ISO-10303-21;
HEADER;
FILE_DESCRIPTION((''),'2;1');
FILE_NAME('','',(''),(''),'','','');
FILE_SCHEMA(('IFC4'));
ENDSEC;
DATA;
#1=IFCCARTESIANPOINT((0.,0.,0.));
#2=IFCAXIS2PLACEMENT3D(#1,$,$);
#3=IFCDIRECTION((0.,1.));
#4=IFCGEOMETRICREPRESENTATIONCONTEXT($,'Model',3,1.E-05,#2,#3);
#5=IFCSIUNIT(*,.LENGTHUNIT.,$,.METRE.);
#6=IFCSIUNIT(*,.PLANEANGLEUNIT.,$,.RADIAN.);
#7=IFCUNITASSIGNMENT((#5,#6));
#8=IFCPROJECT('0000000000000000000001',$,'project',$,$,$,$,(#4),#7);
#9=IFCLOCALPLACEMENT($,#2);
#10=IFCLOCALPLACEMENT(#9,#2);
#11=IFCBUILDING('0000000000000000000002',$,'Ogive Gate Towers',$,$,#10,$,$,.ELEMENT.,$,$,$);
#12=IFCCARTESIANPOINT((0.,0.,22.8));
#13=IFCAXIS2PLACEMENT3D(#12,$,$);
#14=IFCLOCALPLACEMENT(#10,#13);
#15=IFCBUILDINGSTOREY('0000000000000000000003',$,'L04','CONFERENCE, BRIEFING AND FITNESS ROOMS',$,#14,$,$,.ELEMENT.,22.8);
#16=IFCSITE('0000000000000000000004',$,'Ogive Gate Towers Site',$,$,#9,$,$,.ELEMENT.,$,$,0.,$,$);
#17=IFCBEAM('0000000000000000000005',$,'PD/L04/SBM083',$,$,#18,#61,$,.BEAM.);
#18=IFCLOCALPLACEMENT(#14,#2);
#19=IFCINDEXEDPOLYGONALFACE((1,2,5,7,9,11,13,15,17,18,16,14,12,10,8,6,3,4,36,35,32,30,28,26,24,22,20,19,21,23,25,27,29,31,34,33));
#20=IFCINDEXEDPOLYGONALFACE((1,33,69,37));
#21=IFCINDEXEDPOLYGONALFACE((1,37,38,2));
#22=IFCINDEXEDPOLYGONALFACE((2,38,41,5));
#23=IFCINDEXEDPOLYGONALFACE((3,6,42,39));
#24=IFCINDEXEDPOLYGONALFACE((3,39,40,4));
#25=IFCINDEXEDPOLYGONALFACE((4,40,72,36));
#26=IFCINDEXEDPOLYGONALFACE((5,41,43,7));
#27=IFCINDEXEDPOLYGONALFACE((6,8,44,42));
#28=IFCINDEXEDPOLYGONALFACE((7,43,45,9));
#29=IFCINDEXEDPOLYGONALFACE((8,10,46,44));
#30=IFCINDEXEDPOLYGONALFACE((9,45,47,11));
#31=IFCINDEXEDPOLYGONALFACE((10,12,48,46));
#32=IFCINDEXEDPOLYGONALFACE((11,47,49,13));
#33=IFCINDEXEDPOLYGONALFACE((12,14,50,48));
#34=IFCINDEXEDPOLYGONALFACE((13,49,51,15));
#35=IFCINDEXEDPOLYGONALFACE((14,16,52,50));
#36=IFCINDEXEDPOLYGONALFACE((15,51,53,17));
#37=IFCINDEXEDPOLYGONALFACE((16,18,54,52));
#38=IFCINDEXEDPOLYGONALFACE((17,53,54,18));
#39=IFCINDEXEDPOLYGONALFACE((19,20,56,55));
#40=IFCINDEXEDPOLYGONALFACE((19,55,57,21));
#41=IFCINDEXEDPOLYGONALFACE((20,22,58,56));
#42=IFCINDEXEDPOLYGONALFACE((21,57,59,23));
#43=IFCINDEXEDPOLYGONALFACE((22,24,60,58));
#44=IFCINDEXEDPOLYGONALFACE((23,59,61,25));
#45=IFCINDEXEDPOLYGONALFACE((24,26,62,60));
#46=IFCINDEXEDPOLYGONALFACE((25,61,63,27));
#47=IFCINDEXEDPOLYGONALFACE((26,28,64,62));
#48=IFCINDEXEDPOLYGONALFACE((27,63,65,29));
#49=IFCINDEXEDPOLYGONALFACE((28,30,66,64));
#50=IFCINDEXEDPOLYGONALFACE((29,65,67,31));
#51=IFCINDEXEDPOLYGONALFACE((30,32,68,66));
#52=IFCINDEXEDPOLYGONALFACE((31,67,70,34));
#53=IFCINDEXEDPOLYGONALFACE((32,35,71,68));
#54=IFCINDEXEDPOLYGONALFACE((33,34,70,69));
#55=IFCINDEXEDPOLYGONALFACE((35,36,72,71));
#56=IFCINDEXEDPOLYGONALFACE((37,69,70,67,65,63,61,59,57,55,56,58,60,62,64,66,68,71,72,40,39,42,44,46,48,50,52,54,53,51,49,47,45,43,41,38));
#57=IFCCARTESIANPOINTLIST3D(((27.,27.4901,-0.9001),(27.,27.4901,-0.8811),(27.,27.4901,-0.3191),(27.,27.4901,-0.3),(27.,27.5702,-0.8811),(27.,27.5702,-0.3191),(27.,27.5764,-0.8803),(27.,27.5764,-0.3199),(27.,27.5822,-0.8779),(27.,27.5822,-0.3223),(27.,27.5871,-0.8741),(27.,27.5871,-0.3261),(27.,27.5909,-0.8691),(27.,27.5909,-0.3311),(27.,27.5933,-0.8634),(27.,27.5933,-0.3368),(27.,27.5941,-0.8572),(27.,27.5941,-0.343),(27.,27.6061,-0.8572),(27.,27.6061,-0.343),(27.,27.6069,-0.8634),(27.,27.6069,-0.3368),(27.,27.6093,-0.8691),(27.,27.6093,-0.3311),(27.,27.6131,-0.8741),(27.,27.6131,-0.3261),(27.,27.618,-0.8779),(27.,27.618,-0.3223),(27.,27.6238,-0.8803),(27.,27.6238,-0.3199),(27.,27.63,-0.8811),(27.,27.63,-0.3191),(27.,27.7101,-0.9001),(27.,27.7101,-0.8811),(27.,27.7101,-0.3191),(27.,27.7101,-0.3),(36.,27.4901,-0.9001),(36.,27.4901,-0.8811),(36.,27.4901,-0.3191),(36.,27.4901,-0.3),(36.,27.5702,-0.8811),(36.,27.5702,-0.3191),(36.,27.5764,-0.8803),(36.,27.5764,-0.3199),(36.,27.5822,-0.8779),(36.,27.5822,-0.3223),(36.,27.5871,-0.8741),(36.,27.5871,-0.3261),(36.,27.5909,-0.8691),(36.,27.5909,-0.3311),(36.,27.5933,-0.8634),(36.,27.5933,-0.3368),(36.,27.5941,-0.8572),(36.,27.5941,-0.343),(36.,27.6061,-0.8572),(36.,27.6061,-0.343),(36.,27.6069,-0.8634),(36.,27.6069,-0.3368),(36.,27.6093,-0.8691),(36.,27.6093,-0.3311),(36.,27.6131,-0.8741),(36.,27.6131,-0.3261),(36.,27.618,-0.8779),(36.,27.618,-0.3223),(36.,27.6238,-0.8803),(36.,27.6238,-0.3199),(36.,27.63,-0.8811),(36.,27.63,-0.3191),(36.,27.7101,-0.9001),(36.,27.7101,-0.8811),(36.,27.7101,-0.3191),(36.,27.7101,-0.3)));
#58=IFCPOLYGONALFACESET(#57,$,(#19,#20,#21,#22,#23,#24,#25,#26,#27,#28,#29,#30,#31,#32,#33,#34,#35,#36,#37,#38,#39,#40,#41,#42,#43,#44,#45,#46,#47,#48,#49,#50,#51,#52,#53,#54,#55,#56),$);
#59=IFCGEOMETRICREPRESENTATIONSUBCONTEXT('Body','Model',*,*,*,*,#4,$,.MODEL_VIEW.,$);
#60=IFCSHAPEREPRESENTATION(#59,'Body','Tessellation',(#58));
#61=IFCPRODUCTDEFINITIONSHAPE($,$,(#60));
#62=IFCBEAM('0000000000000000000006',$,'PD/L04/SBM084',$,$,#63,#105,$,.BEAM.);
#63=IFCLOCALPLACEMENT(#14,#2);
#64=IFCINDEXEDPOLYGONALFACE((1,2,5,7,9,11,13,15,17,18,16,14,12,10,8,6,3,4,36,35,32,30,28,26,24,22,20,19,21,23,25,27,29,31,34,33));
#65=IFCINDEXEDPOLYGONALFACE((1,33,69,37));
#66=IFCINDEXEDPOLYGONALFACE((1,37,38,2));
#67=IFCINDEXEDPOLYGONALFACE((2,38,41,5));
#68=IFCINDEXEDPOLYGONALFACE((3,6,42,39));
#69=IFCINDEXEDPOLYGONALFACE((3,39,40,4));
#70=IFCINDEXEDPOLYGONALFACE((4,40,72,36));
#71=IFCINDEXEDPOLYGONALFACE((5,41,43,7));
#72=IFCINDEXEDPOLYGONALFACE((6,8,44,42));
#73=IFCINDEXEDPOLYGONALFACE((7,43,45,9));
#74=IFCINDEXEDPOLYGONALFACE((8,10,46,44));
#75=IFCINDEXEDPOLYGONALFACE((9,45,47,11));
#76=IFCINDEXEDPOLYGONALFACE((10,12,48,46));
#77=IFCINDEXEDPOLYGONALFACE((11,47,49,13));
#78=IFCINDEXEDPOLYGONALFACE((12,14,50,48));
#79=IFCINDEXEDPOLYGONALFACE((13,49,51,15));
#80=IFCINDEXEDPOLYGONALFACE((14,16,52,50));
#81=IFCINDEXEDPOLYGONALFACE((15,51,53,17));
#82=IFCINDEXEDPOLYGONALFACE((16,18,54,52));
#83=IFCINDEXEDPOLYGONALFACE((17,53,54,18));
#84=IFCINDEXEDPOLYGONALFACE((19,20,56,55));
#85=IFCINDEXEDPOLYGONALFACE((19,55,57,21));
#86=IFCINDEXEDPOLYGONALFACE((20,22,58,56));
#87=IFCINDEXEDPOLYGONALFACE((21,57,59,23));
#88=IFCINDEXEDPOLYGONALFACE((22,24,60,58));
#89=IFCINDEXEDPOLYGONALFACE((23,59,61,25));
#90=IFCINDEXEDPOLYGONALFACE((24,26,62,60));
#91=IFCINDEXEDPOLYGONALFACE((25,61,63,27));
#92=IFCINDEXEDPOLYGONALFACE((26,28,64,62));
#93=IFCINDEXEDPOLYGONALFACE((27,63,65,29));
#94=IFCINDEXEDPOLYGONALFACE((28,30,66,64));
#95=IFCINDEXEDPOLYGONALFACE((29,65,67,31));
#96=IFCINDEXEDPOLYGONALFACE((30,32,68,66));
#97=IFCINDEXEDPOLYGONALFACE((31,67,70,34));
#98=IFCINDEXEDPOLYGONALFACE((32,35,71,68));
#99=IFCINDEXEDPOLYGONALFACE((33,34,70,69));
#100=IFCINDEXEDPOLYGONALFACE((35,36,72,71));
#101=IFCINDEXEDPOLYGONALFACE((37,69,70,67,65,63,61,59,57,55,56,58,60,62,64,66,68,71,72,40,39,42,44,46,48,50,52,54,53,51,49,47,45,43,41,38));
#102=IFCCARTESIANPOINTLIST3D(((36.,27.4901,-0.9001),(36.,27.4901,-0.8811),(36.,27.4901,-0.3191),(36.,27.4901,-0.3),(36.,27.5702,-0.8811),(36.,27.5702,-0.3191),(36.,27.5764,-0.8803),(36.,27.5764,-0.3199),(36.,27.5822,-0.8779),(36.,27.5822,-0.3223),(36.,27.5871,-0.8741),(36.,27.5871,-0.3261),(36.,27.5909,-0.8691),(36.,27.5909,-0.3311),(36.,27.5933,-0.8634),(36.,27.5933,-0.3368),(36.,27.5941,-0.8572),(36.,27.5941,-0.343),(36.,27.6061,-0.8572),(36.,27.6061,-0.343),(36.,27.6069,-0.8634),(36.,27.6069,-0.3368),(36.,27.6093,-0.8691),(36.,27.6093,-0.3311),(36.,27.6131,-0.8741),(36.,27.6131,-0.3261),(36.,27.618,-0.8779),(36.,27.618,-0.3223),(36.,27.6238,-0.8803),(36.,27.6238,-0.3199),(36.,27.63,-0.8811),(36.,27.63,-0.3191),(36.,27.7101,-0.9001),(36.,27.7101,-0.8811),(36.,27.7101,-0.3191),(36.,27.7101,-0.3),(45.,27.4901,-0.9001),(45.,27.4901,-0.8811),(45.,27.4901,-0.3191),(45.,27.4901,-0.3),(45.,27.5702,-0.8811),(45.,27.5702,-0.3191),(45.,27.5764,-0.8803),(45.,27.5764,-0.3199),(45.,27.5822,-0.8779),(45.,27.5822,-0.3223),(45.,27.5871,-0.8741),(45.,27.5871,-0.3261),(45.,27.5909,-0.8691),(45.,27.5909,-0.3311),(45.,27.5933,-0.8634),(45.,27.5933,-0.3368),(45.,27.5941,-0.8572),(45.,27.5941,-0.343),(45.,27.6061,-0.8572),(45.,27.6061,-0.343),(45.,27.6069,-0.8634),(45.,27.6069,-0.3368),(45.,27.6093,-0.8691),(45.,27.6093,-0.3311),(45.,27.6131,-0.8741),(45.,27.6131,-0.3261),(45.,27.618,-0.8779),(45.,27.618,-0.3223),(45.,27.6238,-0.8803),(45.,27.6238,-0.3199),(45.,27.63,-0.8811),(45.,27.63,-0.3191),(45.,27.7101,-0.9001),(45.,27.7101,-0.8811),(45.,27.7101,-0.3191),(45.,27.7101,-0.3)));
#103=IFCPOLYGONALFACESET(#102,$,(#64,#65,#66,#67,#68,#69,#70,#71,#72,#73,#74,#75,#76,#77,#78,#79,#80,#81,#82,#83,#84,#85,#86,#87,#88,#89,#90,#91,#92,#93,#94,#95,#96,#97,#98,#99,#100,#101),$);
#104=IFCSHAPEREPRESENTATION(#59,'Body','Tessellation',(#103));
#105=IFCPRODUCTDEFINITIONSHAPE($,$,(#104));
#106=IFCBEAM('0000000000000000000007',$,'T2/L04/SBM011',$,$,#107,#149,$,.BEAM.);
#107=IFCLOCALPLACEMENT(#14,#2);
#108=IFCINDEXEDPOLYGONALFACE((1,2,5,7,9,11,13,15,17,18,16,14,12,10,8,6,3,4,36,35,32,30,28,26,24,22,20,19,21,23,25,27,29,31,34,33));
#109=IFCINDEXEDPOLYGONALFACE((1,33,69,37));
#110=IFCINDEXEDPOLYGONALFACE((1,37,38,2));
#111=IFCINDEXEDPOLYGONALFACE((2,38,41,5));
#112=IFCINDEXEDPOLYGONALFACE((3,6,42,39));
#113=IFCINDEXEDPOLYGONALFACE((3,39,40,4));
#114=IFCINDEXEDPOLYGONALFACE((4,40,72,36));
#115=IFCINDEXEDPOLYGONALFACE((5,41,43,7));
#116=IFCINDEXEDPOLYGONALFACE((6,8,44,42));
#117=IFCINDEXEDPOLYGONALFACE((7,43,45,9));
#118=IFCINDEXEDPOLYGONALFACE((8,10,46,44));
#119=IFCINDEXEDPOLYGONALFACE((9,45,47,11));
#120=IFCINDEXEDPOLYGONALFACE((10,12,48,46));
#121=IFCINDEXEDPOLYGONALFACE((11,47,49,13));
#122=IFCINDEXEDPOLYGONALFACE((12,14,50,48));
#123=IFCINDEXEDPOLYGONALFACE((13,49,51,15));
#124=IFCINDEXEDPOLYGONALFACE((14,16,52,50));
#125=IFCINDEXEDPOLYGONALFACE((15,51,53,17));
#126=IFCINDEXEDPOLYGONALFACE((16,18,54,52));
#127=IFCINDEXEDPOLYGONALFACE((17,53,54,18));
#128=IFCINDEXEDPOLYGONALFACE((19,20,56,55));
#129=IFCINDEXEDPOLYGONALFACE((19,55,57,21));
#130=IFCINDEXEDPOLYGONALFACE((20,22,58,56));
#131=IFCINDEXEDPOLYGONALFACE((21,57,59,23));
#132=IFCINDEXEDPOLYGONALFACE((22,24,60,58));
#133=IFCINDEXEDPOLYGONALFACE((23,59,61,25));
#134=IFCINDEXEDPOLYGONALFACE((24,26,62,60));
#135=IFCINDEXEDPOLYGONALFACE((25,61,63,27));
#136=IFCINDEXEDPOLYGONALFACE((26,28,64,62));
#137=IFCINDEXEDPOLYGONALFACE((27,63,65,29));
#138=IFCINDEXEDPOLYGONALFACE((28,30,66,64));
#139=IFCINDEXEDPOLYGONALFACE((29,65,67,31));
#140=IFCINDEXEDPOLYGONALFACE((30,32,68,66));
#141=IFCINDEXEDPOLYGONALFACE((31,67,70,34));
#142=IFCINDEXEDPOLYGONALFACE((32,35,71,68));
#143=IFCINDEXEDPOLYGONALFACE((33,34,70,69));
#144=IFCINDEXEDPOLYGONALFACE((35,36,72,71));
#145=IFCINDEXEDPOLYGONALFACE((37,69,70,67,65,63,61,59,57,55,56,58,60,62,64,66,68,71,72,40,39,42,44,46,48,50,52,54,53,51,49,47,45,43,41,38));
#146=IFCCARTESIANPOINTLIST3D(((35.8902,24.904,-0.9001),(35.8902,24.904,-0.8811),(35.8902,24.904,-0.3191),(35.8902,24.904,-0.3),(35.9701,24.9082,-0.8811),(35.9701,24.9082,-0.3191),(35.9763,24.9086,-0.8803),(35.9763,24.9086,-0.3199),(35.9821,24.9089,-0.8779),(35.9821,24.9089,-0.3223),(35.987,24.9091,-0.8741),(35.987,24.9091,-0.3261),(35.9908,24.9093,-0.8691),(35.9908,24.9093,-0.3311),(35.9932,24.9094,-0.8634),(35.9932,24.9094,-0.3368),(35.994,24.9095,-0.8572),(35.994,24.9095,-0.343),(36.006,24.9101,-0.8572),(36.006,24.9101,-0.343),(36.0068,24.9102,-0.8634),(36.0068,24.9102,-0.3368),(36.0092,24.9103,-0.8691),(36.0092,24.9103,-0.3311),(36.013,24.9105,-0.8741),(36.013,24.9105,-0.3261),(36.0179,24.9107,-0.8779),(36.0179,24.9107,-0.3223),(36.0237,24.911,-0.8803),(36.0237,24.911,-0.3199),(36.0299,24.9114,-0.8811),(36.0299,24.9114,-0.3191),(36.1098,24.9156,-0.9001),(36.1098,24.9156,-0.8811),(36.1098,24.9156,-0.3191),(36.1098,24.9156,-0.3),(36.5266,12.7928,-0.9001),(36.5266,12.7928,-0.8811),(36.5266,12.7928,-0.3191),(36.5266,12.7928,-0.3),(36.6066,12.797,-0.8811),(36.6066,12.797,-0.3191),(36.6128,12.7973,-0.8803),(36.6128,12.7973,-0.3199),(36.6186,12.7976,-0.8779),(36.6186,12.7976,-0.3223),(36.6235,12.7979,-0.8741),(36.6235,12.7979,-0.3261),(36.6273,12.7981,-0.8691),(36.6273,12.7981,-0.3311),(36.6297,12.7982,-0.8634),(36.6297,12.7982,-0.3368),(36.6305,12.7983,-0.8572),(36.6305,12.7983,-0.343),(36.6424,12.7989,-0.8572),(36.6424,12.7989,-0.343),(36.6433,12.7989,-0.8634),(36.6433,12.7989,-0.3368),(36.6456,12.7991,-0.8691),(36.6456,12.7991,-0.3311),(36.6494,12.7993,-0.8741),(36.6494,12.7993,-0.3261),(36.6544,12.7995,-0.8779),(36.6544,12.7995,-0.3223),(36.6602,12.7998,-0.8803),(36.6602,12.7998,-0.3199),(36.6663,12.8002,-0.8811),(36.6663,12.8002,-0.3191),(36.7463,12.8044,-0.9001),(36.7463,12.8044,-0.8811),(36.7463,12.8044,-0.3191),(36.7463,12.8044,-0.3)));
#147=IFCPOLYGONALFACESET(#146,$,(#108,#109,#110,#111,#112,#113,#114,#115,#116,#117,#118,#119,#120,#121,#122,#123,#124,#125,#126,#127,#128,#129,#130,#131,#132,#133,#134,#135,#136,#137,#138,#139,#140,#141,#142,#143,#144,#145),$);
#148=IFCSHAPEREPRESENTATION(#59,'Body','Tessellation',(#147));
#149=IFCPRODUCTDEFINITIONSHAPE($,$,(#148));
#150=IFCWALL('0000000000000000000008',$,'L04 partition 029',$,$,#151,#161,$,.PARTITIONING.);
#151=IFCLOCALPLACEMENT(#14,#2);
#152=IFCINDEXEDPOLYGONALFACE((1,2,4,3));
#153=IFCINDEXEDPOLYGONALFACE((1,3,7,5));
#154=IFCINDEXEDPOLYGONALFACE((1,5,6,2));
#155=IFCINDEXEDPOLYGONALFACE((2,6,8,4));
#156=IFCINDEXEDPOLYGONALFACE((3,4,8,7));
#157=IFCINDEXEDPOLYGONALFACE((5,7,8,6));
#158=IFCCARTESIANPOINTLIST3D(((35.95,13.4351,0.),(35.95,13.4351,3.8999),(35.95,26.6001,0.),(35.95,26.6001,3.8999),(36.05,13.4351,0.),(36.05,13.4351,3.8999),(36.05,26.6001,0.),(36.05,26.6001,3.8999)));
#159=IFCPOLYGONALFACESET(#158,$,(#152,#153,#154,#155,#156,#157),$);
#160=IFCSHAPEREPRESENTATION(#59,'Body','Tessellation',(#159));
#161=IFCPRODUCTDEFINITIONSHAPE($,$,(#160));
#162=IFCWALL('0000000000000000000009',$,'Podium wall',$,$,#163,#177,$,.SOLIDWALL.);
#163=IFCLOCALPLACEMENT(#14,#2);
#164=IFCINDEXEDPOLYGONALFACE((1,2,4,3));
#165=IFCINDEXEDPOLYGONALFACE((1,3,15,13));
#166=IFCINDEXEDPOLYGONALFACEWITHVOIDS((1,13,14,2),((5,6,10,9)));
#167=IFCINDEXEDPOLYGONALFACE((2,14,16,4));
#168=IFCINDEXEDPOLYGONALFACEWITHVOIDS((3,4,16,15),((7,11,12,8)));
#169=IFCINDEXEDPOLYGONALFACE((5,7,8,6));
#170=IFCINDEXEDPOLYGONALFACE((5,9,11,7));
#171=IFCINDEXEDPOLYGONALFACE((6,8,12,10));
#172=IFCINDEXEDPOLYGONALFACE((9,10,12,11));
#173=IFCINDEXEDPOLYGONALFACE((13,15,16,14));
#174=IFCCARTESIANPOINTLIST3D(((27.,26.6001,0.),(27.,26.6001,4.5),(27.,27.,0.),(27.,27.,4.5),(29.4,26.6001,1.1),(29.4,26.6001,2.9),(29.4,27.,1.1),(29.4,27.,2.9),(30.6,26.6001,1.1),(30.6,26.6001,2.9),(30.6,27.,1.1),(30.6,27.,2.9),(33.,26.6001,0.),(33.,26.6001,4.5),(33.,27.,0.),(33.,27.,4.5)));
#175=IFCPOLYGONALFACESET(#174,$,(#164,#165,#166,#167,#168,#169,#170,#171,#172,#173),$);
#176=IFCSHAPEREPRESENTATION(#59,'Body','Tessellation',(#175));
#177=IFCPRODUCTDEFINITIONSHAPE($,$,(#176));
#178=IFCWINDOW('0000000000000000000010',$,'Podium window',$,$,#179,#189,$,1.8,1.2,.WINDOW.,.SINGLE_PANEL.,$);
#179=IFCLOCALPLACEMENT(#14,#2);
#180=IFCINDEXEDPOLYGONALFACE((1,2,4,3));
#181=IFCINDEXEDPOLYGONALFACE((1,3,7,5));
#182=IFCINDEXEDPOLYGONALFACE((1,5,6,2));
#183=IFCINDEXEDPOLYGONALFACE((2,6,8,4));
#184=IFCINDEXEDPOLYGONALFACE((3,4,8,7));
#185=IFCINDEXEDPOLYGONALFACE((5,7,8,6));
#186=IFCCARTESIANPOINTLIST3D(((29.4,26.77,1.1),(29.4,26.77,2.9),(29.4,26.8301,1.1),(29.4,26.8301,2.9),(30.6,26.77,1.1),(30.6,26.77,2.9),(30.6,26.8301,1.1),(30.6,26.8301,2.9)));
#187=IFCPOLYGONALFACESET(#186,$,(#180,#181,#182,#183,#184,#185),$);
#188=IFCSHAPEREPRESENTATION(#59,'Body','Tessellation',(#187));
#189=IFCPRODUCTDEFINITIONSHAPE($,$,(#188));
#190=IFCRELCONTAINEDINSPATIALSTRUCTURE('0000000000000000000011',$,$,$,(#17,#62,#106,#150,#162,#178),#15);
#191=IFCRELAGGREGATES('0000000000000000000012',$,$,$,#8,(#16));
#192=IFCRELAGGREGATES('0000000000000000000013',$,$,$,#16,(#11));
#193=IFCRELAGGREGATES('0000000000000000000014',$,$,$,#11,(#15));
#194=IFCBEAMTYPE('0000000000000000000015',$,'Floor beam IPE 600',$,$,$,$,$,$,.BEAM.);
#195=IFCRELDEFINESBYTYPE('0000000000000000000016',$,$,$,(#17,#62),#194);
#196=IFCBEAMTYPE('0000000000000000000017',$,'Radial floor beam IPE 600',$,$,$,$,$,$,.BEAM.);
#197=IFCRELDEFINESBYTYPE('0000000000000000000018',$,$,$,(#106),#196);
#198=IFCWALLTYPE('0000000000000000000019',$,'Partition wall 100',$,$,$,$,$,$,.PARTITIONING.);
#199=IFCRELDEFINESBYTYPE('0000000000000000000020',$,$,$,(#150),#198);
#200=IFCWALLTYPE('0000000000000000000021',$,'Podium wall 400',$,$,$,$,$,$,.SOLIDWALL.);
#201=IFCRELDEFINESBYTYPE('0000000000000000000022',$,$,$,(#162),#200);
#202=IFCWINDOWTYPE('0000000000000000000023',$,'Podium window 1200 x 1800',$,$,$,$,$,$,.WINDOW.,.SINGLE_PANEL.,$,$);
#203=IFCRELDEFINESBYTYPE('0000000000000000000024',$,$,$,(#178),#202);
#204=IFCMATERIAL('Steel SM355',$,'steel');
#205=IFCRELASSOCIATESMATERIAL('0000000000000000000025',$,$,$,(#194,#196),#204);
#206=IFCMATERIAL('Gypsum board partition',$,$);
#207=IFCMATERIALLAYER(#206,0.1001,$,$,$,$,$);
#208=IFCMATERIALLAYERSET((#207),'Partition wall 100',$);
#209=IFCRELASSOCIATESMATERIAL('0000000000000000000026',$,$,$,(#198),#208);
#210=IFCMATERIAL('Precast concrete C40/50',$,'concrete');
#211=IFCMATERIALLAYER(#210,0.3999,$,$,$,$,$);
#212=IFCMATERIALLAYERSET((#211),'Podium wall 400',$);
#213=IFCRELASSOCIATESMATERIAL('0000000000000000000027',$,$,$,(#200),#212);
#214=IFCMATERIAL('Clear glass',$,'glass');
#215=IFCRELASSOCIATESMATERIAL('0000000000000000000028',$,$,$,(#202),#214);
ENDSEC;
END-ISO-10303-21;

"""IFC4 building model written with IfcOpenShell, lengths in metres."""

from ifc_helpers import new_model, si_unit, direction, frame, frame_2d, origin, origin_2d, place, context, subcontext, project, spatial, rectangle, i_section, extrude, material, layer, layer_set, material_profile, profile_set, type_object, element, fill, save


model = new_model("IFC4")

# Units and contexts
model_context = context("Model", 3, precision=1e-05, world=origin(), true_north=direction((0.0, 1.0)))
body_context = subcontext(model_context, "Body", "Model", "MODEL_VIEW")
ifc_project = project(units=[si_unit("LENGTHUNIT", "METRE"), si_unit("PLANEANGLEUNIT", "RADIAN")], contexts=[model_context])

# Site, building, storey
site_placement = place(None, origin())
site = spatial("IfcSite", under=ifc_project, at=site_placement, Name="Ogive Gate Towers Site", CompositionType="ELEMENT", RefElevation=0.0)
building_placement = place(site_placement, origin())
building = spatial("IfcBuilding", under=site, at=building_placement, Name="Ogive Gate Towers", CompositionType="ELEMENT")
storey_placement = place(building_placement, frame((0.0, 0.0, 22.8)))
storey = spatial("IfcBuildingStorey", under=building, at=storey_placement, Name="L04", Description="CONFERENCE, BRIEFING AND FITNESS ROOMS", CompositionType="ELEMENT", Elevation=22.8)

# Beams
ifc_material_1 = material(Name="Steel SM355", Category="steel")
ifc_material_profile_1 = material_profile(ifc_material_1, i_section(OverallWidth=0.22, OverallDepth=0.6001, WebThickness=0.012, FlangeThickness=0.019, FilletRadius=0.0239, at=origin_2d()), Name="IPE 600")
ifc_profile_set_1 = profile_set([ifc_material_profile_1], Name="Steel SM355")
beam_type_1 = type_object("IfcBeamType", Name="Floor beam IPE 600", PredefinedType="BEAM", material=ifc_profile_set_1)
for number, where, z_axis, x_axis, name in (
    (1, (27.0, 27.6001, -0.6001), (1.0, 0.0, 0.0), (0.0, 1.0, 0.0), "PD/L04/SBM083"),
    (2, (36.0, 27.6001, -0.6001), (1.0, 0.0, 0.0), (0.0, 1.0, 0.0), "PD/L04/SBM084"),
):
    element("IfcBeam", number, at=place(storey_placement, frame(where, z_axis=z_axis, x_axis=x_axis)), inside=storey, type_object=beam_type_1, Name=name, PredefinedType="BEAM", context=body_context, shape_type="SweptSolid", body=[
        extrude(i_section(OverallWidth=0.22, OverallDepth=0.6001, WebThickness=0.012, FlangeThickness=0.019, FilletRadius=0.0239, at=origin_2d()), origin(), (0.0, 0.0, 1.0), 9.0),
    ])
ifc_material_profile_2 = material_profile(ifc_material_1, i_section(OverallWidth=0.22, OverallDepth=0.6001, WebThickness=0.012, FlangeThickness=0.019, FilletRadius=0.0239, at=origin_2d()), Name="IPE 600")
ifc_profile_set_2 = profile_set([ifc_material_profile_2], Name="Steel SM355")
beam_type_2 = type_object("IfcBeamType", Name="Radial floor beam IPE 600", PredefinedType="BEAM", material=ifc_profile_set_2)
beam_1_placement = place(storey_placement, frame((36.6365, 12.7986, -0.6001), z_axis=(-0.05248, 0.998622, 0.0), x_axis=(-0.998622, -0.05248, 0.0)))
element("IfcBeam", 3, at=beam_1_placement, inside=storey, type_object=beam_type_2, Name="T2/L04/SBM011", PredefinedType="BEAM", context=body_context, shape_type="SweptSolid", body=[
    extrude(i_section(OverallWidth=0.22, OverallDepth=0.6001, WebThickness=0.012, FlangeThickness=0.019, FilletRadius=0.0239, at=origin_2d()), origin(), (0.0, 0.0, 1.0), 12.1279),
])

# Wall
ifc_material_2 = material(Name="Gypsum board partition")
ifc_layer_1 = layer(ifc_material_2, 0.1001)
ifc_layer_set_1 = layer_set([ifc_layer_1], Name="Partition wall 100")
wall_type_1 = type_object("IfcWallType", Name="Partition wall 100", PredefinedType="PARTITIONING", material=ifc_layer_set_1)
wall_1_placement = place(storey_placement, frame((36.0, 13.4351, 0.0), z_axis=(0.0, 0.0, 1.0), x_axis=(0.0, 1.0, 0.0)))
element("IfcWall", 4, at=wall_1_placement, inside=storey, type_object=wall_type_1, Name="L04 partition 029", PredefinedType="PARTITIONING", context=body_context, shape_type="SweptSolid", body=[
    extrude(rectangle(XDim=13.165, YDim=0.1001, at=frame_2d((6.5825, 0.0))), origin(), (0.0, 0.0, 1.0), 3.8999),
])

# Wall, opening, window
ifc_material_3 = material(Name="Precast concrete C40/50", Category="concrete")
ifc_layer_2 = layer(ifc_material_3, 0.3999)
ifc_layer_set_2 = layer_set([ifc_layer_2], Name="Podium wall 400")
wall_type_2 = type_object("IfcWallType", Name="Podium wall 400", PredefinedType="SOLIDWALL", material=ifc_layer_set_2)
wall_2_placement = place(storey_placement, frame((33.0, 26.8, 0.0), z_axis=(0.0, 0.0, 1.0), x_axis=(-1.0, 0.0, 0.0)))
wall_2 = element("IfcWall", 5, at=wall_2_placement, inside=storey, type_object=wall_type_2, Name="Podium wall", PredefinedType="SOLIDWALL", context=body_context, shape_type="SweptSolid", body=[
    extrude(rectangle(XDim=6.0, YDim=0.3999, at=frame_2d((3.0, 0.0))), origin(), (0.0, 0.0, 1.0), 4.5),
])
opening_1_placement = place(wall_2_placement, frame((2.3999, 0.0, 1.1001)))
opening_1 = element("IfcOpeningElement", 6, at=opening_1_placement, cuts=wall_2, PredefinedType="OPENING", context=body_context, shape_type="SweptSolid", body=[
    extrude(rectangle(XDim=1.2, YDim=1.8, at=frame_2d((0.6001, 0.8999))), frame((0.0, 0.21, 0.0), z_axis=(0.0, -1.0, 0.0), x_axis=(1.0, 0.0, 0.0)), (0.0, 0.0, 1.0), 0.4199),
])
ifc_material_4 = material(Name="Clear glass", Category="glass")
window_type = type_object("IfcWindowType", Name="Podium window 1200 x 1800", PartitioningType="SINGLE_PANEL", PredefinedType="WINDOW", material=ifc_material_4)
window_1_placement = place(opening_1_placement, origin())
window_1 = element("IfcWindow", 7, at=window_1_placement, inside=storey, type_object=window_type, Name="Podium window", OverallHeight=1.8, OverallWidth=1.2, PartitioningType="SINGLE_PANEL", PredefinedType="WINDOW", context=body_context, shape_type="SweptSolid", body=[
    extrude(rectangle(XDim=1.2, YDim=1.8, at=frame_2d((0.6001, 0.8999))), frame((0.0, 0.03, 0.0), z_axis=(0.0, -1.0, 0.0), x_axis=(1.0, 0.0, 0.0)), (0.0, 0.0, 1.0), 0.0601),
])
fill(opening_1, window_1)

save(model, "model.ifc")
